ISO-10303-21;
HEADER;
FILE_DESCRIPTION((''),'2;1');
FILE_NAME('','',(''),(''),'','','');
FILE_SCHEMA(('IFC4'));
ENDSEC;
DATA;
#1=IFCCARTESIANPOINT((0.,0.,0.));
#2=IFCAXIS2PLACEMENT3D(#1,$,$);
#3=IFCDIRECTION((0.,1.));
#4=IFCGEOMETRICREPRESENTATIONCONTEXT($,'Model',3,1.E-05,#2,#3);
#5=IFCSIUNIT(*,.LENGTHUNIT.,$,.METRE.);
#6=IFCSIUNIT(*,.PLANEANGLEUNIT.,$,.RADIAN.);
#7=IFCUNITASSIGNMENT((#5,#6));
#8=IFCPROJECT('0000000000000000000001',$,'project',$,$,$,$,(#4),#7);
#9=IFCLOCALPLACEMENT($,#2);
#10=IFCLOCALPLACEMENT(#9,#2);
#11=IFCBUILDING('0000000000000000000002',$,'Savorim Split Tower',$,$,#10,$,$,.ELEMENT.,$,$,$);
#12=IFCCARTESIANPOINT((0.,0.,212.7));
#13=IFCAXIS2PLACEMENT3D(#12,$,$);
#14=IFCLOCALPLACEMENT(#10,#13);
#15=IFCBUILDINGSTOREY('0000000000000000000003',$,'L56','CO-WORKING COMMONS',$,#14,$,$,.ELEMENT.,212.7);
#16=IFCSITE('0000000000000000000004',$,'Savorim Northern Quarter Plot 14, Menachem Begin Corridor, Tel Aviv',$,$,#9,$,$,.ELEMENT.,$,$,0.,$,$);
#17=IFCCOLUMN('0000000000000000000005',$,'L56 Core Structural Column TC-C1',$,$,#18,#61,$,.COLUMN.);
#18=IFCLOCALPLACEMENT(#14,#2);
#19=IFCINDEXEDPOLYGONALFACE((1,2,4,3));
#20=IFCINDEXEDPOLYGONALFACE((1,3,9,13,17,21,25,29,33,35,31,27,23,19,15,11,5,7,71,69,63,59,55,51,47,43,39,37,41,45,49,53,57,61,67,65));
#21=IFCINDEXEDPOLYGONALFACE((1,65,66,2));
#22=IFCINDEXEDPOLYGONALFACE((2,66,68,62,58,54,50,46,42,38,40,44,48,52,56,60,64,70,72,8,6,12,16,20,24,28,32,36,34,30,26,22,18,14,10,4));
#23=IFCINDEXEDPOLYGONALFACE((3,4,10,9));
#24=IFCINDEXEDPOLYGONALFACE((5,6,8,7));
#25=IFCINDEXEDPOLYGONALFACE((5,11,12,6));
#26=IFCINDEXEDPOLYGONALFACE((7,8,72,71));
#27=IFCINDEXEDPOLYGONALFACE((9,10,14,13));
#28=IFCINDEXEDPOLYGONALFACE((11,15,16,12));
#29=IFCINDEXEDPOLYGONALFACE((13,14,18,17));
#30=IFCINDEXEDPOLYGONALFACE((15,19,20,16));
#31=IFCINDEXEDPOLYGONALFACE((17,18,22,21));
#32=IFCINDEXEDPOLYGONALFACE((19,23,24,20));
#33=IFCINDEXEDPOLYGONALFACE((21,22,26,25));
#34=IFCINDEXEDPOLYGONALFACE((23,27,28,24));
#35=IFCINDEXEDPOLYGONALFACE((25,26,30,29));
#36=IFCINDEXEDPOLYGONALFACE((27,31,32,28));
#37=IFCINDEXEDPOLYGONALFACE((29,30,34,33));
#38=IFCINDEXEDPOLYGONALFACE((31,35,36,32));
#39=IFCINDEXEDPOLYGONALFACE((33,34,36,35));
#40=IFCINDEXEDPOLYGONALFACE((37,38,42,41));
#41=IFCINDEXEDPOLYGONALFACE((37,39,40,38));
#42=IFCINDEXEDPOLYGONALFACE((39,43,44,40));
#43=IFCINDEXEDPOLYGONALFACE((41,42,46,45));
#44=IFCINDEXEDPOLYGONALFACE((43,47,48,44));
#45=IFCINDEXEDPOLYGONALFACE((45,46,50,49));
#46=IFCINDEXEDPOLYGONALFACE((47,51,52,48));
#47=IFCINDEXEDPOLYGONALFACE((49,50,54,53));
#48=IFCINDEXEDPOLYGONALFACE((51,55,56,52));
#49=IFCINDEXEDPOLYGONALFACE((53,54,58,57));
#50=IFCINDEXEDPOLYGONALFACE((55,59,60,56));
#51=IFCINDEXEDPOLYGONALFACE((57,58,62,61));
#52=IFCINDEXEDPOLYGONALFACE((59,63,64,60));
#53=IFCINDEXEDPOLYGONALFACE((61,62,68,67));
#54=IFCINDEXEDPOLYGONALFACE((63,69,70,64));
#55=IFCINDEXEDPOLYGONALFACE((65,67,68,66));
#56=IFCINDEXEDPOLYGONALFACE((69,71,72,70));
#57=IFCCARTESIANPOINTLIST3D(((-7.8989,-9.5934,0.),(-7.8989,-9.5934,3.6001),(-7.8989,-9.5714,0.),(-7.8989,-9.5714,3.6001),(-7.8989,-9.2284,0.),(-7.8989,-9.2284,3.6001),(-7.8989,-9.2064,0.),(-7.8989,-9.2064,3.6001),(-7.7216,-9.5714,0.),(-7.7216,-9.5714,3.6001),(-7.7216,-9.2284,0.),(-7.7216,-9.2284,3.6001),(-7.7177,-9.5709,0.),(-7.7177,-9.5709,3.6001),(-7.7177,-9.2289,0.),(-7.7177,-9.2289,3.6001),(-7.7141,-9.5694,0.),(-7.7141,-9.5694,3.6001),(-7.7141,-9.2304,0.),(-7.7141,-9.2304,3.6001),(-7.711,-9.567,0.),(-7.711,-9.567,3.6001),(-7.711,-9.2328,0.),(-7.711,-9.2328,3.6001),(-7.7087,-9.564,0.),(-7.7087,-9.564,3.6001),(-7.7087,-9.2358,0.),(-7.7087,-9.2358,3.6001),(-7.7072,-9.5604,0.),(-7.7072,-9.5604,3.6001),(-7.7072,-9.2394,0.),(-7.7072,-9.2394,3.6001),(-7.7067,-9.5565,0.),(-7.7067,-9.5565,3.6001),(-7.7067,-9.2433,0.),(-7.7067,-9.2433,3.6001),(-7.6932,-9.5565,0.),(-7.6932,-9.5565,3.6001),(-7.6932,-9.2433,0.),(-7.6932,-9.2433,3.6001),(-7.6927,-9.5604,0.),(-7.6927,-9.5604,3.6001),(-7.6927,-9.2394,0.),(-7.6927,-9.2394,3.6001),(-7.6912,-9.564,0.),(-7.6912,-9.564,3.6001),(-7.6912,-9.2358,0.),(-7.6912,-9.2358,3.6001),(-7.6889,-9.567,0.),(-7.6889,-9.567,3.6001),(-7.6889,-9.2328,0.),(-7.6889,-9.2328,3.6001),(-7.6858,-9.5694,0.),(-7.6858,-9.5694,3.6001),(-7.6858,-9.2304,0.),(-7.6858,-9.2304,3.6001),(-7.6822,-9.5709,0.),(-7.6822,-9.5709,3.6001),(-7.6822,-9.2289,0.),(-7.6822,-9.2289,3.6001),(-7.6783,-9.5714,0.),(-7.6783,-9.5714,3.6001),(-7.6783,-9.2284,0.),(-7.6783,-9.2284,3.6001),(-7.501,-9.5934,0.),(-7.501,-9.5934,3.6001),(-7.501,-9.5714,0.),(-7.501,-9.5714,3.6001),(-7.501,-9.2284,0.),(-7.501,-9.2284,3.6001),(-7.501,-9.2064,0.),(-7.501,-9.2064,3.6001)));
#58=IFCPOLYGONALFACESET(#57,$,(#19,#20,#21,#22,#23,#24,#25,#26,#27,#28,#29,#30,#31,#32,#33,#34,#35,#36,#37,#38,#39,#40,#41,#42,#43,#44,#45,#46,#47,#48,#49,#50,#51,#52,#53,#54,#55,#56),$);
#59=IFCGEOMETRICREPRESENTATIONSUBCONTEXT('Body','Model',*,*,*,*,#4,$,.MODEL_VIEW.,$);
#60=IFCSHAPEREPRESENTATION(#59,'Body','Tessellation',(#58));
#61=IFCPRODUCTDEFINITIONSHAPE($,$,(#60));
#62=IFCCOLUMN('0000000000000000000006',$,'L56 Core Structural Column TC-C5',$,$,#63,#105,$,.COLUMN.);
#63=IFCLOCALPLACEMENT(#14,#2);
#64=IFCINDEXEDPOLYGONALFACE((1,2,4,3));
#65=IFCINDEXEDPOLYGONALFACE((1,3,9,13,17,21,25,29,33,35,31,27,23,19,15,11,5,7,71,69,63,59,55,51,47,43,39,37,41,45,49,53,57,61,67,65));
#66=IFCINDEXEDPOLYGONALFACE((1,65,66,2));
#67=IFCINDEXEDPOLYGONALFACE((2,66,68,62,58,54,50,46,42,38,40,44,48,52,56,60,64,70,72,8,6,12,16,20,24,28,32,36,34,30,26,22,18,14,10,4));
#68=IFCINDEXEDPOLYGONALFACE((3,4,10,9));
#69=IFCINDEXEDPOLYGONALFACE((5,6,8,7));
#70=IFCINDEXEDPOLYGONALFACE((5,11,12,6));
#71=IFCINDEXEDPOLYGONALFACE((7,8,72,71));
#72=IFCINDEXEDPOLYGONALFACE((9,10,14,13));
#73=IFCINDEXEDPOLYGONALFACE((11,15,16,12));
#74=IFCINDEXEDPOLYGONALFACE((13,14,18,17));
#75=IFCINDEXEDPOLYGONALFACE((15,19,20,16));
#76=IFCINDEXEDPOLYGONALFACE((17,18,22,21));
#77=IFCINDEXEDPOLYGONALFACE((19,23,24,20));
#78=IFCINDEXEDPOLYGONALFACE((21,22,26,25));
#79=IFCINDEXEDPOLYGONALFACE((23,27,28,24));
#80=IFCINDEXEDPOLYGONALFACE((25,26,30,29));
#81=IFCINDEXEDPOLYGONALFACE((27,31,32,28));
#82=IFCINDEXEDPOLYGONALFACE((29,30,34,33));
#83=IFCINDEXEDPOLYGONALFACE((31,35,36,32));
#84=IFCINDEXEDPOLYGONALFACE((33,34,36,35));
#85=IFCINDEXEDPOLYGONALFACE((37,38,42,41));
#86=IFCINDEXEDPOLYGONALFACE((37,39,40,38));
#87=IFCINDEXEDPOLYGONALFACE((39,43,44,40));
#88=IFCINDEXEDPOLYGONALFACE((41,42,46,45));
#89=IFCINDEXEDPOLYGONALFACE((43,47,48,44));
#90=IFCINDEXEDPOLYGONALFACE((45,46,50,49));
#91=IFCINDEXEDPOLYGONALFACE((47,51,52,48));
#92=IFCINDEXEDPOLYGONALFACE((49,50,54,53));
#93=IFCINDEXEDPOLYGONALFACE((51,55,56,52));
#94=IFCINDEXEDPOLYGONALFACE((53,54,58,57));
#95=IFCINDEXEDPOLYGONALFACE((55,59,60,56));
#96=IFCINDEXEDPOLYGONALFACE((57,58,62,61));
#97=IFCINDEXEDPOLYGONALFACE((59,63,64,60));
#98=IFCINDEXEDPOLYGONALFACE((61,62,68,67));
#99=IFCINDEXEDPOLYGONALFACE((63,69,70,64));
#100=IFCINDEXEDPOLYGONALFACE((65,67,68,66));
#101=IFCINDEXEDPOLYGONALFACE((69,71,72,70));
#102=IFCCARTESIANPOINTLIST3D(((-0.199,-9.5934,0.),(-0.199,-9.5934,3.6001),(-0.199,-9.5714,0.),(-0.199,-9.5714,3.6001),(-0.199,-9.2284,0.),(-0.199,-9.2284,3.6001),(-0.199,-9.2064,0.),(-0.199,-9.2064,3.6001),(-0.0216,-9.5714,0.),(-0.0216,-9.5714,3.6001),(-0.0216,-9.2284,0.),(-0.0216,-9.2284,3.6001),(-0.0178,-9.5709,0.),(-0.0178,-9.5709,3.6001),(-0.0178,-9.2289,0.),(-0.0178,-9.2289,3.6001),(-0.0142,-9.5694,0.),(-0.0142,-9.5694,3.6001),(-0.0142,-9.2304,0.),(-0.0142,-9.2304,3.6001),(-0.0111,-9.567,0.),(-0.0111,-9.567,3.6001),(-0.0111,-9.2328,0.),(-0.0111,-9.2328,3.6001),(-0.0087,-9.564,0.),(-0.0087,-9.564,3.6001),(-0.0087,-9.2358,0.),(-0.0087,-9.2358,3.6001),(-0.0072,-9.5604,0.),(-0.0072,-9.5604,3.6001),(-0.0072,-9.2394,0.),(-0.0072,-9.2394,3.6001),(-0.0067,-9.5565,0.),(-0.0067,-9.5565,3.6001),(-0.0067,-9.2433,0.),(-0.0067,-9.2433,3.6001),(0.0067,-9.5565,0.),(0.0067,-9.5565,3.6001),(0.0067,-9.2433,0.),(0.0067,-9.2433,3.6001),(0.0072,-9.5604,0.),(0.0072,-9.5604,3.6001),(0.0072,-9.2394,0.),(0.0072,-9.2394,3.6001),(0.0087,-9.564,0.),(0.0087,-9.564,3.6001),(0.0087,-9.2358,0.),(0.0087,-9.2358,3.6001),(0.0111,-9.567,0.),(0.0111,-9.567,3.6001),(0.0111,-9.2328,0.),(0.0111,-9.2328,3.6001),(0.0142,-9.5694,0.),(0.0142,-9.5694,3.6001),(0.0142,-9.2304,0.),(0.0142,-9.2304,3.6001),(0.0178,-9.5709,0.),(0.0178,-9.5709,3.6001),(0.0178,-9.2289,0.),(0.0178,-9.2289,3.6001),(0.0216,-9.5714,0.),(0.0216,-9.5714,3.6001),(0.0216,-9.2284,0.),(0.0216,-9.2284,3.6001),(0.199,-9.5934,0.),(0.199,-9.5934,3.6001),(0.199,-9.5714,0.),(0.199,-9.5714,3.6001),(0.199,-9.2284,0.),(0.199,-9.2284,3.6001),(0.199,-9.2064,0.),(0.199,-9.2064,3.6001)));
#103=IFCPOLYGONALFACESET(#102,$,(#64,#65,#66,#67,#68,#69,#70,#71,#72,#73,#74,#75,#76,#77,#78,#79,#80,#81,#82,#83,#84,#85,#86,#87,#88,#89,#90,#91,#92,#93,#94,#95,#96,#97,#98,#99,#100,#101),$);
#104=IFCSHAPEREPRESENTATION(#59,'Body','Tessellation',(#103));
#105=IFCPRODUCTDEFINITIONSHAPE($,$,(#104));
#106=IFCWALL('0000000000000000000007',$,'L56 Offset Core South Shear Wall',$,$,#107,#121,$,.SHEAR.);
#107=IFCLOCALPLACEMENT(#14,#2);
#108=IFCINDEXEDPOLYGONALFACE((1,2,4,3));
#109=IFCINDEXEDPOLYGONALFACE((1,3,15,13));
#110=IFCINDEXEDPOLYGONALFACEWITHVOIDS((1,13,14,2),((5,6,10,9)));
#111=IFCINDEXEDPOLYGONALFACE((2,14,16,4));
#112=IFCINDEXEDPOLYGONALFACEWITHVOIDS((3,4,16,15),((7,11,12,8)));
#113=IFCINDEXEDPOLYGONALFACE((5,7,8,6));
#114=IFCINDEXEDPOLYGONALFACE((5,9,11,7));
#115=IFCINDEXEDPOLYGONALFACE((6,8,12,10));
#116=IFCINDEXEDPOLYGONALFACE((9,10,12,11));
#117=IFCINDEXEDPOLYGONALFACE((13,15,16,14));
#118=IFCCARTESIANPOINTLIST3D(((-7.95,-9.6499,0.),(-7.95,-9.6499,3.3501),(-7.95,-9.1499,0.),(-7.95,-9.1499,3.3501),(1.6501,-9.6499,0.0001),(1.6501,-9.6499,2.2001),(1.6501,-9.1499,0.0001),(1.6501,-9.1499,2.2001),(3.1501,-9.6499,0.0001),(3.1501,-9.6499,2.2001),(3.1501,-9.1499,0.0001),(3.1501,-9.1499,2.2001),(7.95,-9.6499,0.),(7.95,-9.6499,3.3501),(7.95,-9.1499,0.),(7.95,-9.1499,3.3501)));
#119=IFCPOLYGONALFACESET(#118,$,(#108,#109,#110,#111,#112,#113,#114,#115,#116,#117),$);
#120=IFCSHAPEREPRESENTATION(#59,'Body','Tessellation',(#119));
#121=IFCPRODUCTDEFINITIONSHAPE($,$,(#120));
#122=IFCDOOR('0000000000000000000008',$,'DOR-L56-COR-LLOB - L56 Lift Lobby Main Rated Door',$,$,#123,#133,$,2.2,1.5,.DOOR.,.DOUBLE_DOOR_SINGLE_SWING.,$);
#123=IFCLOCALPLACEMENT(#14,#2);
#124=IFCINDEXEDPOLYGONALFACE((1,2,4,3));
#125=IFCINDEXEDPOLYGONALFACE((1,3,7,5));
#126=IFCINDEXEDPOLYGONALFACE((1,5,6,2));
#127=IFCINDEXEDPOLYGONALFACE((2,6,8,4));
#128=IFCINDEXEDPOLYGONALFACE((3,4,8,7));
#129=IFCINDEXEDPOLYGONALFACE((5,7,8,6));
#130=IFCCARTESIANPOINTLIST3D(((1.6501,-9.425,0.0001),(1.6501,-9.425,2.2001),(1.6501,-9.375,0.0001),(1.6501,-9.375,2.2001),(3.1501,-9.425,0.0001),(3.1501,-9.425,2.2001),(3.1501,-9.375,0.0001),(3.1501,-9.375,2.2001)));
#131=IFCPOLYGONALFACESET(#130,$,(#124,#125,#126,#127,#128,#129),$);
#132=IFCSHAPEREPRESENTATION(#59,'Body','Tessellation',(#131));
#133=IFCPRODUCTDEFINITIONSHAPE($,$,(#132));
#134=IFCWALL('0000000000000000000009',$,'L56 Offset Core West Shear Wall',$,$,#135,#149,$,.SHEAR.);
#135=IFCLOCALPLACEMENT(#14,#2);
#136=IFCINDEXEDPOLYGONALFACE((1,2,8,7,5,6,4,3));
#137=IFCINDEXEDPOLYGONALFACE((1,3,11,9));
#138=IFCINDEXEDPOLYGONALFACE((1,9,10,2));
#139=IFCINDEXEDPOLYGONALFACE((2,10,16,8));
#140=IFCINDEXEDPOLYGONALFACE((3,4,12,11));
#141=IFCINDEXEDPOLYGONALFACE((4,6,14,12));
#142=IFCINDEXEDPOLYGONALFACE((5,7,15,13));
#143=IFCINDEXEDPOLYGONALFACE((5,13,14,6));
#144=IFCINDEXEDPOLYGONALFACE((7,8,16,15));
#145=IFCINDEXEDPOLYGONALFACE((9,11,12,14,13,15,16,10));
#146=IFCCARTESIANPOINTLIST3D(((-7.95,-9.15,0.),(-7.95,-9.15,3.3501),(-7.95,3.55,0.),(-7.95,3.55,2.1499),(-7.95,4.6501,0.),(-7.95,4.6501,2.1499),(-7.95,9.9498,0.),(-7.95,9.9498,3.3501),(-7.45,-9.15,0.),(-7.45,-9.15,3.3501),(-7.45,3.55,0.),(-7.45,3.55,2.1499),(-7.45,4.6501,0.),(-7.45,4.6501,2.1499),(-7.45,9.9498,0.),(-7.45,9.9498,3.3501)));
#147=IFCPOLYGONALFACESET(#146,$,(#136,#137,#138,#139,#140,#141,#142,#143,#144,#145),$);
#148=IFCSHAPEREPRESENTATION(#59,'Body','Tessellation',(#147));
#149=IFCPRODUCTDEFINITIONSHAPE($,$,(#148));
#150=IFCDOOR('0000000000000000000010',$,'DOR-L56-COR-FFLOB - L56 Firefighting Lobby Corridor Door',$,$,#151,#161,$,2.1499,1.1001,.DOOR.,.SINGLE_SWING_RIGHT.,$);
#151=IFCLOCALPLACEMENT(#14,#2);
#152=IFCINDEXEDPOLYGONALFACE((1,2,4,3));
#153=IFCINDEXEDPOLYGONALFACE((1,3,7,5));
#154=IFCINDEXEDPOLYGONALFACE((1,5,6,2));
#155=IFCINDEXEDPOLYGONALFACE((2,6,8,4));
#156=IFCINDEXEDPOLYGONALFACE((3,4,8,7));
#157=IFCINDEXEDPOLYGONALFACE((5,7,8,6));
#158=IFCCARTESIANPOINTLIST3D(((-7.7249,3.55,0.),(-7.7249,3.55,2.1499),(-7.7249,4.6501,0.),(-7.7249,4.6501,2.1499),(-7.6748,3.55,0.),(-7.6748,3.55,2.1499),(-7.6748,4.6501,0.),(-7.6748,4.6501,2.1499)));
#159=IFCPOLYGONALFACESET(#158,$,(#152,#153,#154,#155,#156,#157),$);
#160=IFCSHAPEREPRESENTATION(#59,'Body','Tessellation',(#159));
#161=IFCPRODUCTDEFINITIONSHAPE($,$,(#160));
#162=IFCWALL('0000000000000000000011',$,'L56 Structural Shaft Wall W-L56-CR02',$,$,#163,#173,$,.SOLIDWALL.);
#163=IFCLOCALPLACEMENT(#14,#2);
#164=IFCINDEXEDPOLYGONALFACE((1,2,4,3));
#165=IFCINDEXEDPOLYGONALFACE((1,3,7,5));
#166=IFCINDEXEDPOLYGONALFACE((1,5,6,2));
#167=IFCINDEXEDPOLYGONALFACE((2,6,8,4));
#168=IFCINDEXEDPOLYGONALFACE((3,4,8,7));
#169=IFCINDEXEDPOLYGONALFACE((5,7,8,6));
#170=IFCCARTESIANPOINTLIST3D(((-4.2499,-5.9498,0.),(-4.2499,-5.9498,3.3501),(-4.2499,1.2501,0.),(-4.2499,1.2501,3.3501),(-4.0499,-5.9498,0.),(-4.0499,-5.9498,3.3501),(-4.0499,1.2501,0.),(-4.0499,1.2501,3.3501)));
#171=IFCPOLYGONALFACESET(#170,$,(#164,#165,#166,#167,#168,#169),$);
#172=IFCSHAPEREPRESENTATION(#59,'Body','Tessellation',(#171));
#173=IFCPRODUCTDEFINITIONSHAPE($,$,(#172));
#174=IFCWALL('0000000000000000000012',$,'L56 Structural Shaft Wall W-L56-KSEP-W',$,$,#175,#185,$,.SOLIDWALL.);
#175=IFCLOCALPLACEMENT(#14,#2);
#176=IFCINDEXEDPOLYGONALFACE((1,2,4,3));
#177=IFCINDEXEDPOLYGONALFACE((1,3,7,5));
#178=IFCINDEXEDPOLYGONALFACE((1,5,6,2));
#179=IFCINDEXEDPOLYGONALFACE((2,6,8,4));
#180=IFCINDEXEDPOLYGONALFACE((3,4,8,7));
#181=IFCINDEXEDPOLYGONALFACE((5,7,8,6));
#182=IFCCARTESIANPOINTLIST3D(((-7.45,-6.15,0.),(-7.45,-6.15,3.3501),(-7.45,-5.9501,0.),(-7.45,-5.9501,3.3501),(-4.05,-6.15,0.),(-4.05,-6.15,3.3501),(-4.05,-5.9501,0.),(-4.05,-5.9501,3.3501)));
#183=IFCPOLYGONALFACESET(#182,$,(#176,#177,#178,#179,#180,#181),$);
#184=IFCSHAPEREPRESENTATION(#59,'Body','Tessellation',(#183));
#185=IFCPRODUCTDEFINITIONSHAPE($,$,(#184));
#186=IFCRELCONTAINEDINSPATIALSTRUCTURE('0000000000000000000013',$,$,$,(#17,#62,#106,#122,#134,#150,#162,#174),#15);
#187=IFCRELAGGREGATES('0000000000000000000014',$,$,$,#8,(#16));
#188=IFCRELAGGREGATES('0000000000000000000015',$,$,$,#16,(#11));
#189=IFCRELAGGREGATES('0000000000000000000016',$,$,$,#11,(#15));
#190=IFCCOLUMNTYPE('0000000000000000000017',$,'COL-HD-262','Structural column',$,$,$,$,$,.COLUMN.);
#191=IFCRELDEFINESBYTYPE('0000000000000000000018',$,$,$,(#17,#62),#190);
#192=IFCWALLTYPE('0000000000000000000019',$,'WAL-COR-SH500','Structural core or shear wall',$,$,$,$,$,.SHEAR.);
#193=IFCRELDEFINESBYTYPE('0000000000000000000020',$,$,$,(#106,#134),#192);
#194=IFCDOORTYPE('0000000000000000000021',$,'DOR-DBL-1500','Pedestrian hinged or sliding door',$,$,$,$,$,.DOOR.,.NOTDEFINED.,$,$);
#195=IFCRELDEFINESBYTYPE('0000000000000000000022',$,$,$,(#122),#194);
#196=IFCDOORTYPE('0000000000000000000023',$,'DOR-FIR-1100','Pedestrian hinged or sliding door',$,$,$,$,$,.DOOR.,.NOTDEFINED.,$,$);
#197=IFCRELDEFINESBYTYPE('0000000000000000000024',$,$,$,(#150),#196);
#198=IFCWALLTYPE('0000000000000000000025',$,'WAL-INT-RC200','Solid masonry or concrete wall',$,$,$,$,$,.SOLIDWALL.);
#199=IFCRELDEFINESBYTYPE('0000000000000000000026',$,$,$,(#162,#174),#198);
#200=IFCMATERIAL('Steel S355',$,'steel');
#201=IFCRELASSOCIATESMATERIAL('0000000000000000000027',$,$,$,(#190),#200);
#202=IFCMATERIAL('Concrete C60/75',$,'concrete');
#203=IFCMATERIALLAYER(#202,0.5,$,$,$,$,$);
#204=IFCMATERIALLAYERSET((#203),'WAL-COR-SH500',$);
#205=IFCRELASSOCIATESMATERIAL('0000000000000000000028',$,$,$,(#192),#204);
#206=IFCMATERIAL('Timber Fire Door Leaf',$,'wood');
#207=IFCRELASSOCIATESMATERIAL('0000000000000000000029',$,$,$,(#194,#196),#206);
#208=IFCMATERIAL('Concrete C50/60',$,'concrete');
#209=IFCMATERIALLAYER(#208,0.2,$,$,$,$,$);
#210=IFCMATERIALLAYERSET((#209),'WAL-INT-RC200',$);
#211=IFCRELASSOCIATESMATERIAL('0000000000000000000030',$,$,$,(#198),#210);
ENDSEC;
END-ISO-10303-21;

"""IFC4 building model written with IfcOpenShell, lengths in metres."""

from ifc_helpers import new_model, si_unit, direction, frame, frame_2d, origin, origin_2d, place, context, subcontext, project, spatial, rectangle, i_section, extrude, material, layer, layer_set, material_profile, profile_set, type_object, element, fill, save


model = new_model("IFC4")

# Units and contexts
model_context = context("Model", 3, precision=1e-05, world=origin(), true_north=direction((0.0, 1.0)))
body_context = subcontext(model_context, "Body", "Model", "MODEL_VIEW")
ifc_project = project(units=[si_unit("LENGTHUNIT", "METRE"), si_unit("PLANEANGLEUNIT", "RADIAN")], contexts=[model_context])

# Site, building, storey
site_placement = place(None, origin())
site = spatial("IfcSite", under=ifc_project, at=site_placement, Name="Savorim Northern Quarter Plot 14, Menachem Begin Corridor, Tel Aviv", CompositionType="ELEMENT", RefElevation=0.0)
building_placement = place(site_placement, origin())
building = spatial("IfcBuilding", under=site, at=building_placement, Name="Savorim Split Tower", CompositionType="ELEMENT")
storey_placement = place(building_placement, frame((0.0, 0.0, 212.7)))
storey = spatial("IfcBuildingStorey", under=building, at=storey_placement, Name="L56", Description="CO-WORKING COMMONS", CompositionType="ELEMENT", Elevation=212.7)

# Columns
ifc_material_1 = material(Name="Steel S355", Category="steel")
ifc_material_profile = material_profile(ifc_material_1, i_section(OverallWidth=0.3979, OverallDepth=0.387, WebThickness=0.0134, FlangeThickness=0.022, FilletRadius=0.0149, at=origin_2d()), Name="HD 400x262")
ifc_profile_set = profile_set([ifc_material_profile], Name="Steel S355")
column_type = type_object("IfcColumnType", Name="COL-HD-262", Description="Structural column", PredefinedType="COLUMN", material=ifc_profile_set)
for number, where, z_axis, x_axis, name in (
    (1, (-7.7, -9.3999, 0.0), (0.0, 0.0, 1.0), (1.0, 0.0, 0.0), "L56 Core Structural Column TC-C1"),
    (2, (0.0, -9.3999, 0.0), (0.0, 0.0, 1.0), (1.0, 0.0, 0.0), "L56 Core Structural Column TC-C5"),
):
    element("IfcColumn", number, at=place(storey_placement, frame(where, z_axis=z_axis, x_axis=x_axis)), inside=storey, type_object=column_type, Name=name, PredefinedType="COLUMN", context=body_context, shape_type="SweptSolid", body=[
        extrude(i_section(OverallWidth=0.3979, OverallDepth=0.387, WebThickness=0.0134, FlangeThickness=0.022, FilletRadius=0.0149, at=origin_2d()), origin(), (0.0, 0.0, 1.0), 3.6001),
    ])

# Walls, openings, doors
ifc_material_2 = material(Name="Concrete C60/75", Category="concrete")
ifc_layer_1 = layer(ifc_material_2, 0.5)
ifc_layer_set_1 = layer_set([ifc_layer_1], Name="WAL-COR-SH500")
wall_type_1 = type_object("IfcWallType", Name="WAL-COR-SH500", Description="Structural core or shear wall", PredefinedType="SHEAR", material=ifc_layer_set_1)
wall_1_placement = place(storey_placement, frame((-7.95, -9.3999, 0.0), z_axis=(0.0, 0.0, 1.0), x_axis=(1.0, 0.0, 0.0)))
wall_1 = element("IfcWall", 3, at=wall_1_placement, inside=storey, type_object=wall_type_1, Name="L56 Offset Core South Shear Wall", PredefinedType="SHEAR", context=body_context, shape_type="SweptSolid", body=[
    extrude(rectangle(XDim=15.8999, YDim=0.5, at=frame_2d((7.95, 0.0))), origin(), (0.0, 0.0, 1.0), 3.3501),
])
opening_1_placement = place(wall_1_placement, frame((9.6001, 0.0, 0.0)))
opening_1 = element("IfcOpeningElement", 4, at=opening_1_placement, cuts=wall_1, PredefinedType="OPENING", context=body_context, shape_type="SweptSolid", body=[
    extrude(rectangle(XDim=1.5, YDim=2.2, at=frame_2d((0.75, 1.1001))), frame((0.0, 0.26, 0.0), z_axis=(0.0, -1.0, 0.0), x_axis=(1.0, 0.0, 0.0)), (0.0, 0.0, 1.0), 0.52),
])
ifc_material_3 = material(Name="Timber Fire Door Leaf", Category="wood")
door_type_1 = type_object("IfcDoorType", Name="DOR-DBL-1500", Description="Pedestrian hinged or sliding door", OperationType="NOTDEFINED", PredefinedType="DOOR", material=ifc_material_3)
door_1_placement = place(opening_1_placement, origin())
door_1 = element("IfcDoor", 5, at=door_1_placement, inside=storey, type_object=door_type_1, Name="DOR-L56-COR-LLOB - L56 Lift Lobby Main Rated Door", OperationType="DOUBLE_DOOR_SINGLE_SWING", OverallHeight=2.2, OverallWidth=1.5, PredefinedType="DOOR", context=body_context, shape_type="SweptSolid", body=[
    extrude(rectangle(XDim=1.5, YDim=2.2, at=frame_2d((0.75, 1.1001))), frame((0.0, 0.0249, 0.0), z_axis=(0.0, -1.0, 0.0), x_axis=(1.0, 0.0, 0.0)), (0.0, 0.0, 1.0), 0.05),
])
fill(opening_1, door_1)
wall_2_placement = place(storey_placement, frame((-7.7, -9.1499, 0.0), z_axis=(0.0, 0.0, 1.0), x_axis=(0.0, 1.0, 0.0)))
wall_2 = element("IfcWall", 6, at=wall_2_placement, inside=storey, type_object=wall_type_1, Name="L56 Offset Core West Shear Wall", PredefinedType="SHEAR", context=body_context, shape_type="SweptSolid", body=[
    extrude(rectangle(XDim=19.0999, YDim=0.5, at=frame_2d((9.5498, 0.0))), origin(), (0.0, 0.0, 1.0), 3.3501),
])
opening_2_placement = place(wall_2_placement, frame((12.7, 0.0, 0.0)))
opening_2 = element("IfcOpeningElement", 7, at=opening_2_placement, cuts=wall_2, PredefinedType="OPENING", context=body_context, shape_type="SweptSolid", body=[
    extrude(rectangle(XDim=1.1001, YDim=2.1499, at=frame_2d((0.55, 1.075))), frame((0.0, 0.26, 0.0), z_axis=(0.0, -1.0, 0.0), x_axis=(1.0, 0.0, 0.0)), (0.0, 0.0, 1.0), 0.52),
])
door_type_2 = type_object("IfcDoorType", Name="DOR-FIR-1100", Description="Pedestrian hinged or sliding door", OperationType="NOTDEFINED", PredefinedType="DOOR", material=ifc_material_3)
door_2_placement = place(opening_2_placement, origin())
door_2 = element("IfcDoor", 8, at=door_2_placement, inside=storey, type_object=door_type_2, Name="DOR-L56-COR-FFLOB - L56 Firefighting Lobby Corridor Door", OperationType="SINGLE_SWING_RIGHT", OverallHeight=2.1499, OverallWidth=1.1001, PredefinedType="DOOR", context=body_context, shape_type="SweptSolid", body=[
    extrude(rectangle(XDim=1.1001, YDim=2.1499, at=frame_2d((0.55, 1.075))), frame((0.0, 0.0249, 0.0), z_axis=(0.0, -1.0, 0.0), x_axis=(1.0, 0.0, 0.0)), (0.0, 0.0, 1.0), 0.05),
])
fill(opening_2, door_2)

# Wall
ifc_material_4 = material(Name="Concrete C50/60", Category="concrete")
ifc_layer_2 = layer(ifc_material_4, 0.2)
ifc_layer_set_2 = layer_set([ifc_layer_2], Name="WAL-INT-RC200")
wall_type_2 = type_object("IfcWallType", Name="WAL-INT-RC200", Description="Solid masonry or concrete wall", PredefinedType="SOLIDWALL", material=ifc_layer_set_2)
wall_3_placement = place(storey_placement, frame((-4.1499, -5.95, 0.0), z_axis=(0.0, 0.0, 1.0), x_axis=(0.0, 1.0, 0.0)))
element("IfcWall", 9, at=wall_3_placement, inside=storey, type_object=wall_type_2, Name="L56 Structural Shaft Wall W-L56-CR02", PredefinedType="SOLIDWALL", context=body_context, shape_type="SweptSolid", body=[
    extrude(rectangle(XDim=7.2, YDim=0.2, at=frame_2d((3.6001, 0.0))), origin(), (0.0, 0.0, 1.0), 3.3501),
])

# Wall
wall_4_placement = place(storey_placement, frame((-7.45, -6.05, 0.0), z_axis=(0.0, 0.0, 1.0), x_axis=(1.0, 0.0, 0.0)))
element("IfcWall", 10, at=wall_4_placement, inside=storey, type_object=wall_type_2, Name="L56 Structural Shaft Wall W-L56-KSEP-W", PredefinedType="SOLIDWALL", context=body_context, shape_type="SweptSolid", body=[
    extrude(rectangle(XDim=3.3999, YDim=0.2, at=frame_2d((1.7, 0.0))), origin(), (0.0, 0.0, 1.0), 3.3501),
])

save(model, "model.ifc")
